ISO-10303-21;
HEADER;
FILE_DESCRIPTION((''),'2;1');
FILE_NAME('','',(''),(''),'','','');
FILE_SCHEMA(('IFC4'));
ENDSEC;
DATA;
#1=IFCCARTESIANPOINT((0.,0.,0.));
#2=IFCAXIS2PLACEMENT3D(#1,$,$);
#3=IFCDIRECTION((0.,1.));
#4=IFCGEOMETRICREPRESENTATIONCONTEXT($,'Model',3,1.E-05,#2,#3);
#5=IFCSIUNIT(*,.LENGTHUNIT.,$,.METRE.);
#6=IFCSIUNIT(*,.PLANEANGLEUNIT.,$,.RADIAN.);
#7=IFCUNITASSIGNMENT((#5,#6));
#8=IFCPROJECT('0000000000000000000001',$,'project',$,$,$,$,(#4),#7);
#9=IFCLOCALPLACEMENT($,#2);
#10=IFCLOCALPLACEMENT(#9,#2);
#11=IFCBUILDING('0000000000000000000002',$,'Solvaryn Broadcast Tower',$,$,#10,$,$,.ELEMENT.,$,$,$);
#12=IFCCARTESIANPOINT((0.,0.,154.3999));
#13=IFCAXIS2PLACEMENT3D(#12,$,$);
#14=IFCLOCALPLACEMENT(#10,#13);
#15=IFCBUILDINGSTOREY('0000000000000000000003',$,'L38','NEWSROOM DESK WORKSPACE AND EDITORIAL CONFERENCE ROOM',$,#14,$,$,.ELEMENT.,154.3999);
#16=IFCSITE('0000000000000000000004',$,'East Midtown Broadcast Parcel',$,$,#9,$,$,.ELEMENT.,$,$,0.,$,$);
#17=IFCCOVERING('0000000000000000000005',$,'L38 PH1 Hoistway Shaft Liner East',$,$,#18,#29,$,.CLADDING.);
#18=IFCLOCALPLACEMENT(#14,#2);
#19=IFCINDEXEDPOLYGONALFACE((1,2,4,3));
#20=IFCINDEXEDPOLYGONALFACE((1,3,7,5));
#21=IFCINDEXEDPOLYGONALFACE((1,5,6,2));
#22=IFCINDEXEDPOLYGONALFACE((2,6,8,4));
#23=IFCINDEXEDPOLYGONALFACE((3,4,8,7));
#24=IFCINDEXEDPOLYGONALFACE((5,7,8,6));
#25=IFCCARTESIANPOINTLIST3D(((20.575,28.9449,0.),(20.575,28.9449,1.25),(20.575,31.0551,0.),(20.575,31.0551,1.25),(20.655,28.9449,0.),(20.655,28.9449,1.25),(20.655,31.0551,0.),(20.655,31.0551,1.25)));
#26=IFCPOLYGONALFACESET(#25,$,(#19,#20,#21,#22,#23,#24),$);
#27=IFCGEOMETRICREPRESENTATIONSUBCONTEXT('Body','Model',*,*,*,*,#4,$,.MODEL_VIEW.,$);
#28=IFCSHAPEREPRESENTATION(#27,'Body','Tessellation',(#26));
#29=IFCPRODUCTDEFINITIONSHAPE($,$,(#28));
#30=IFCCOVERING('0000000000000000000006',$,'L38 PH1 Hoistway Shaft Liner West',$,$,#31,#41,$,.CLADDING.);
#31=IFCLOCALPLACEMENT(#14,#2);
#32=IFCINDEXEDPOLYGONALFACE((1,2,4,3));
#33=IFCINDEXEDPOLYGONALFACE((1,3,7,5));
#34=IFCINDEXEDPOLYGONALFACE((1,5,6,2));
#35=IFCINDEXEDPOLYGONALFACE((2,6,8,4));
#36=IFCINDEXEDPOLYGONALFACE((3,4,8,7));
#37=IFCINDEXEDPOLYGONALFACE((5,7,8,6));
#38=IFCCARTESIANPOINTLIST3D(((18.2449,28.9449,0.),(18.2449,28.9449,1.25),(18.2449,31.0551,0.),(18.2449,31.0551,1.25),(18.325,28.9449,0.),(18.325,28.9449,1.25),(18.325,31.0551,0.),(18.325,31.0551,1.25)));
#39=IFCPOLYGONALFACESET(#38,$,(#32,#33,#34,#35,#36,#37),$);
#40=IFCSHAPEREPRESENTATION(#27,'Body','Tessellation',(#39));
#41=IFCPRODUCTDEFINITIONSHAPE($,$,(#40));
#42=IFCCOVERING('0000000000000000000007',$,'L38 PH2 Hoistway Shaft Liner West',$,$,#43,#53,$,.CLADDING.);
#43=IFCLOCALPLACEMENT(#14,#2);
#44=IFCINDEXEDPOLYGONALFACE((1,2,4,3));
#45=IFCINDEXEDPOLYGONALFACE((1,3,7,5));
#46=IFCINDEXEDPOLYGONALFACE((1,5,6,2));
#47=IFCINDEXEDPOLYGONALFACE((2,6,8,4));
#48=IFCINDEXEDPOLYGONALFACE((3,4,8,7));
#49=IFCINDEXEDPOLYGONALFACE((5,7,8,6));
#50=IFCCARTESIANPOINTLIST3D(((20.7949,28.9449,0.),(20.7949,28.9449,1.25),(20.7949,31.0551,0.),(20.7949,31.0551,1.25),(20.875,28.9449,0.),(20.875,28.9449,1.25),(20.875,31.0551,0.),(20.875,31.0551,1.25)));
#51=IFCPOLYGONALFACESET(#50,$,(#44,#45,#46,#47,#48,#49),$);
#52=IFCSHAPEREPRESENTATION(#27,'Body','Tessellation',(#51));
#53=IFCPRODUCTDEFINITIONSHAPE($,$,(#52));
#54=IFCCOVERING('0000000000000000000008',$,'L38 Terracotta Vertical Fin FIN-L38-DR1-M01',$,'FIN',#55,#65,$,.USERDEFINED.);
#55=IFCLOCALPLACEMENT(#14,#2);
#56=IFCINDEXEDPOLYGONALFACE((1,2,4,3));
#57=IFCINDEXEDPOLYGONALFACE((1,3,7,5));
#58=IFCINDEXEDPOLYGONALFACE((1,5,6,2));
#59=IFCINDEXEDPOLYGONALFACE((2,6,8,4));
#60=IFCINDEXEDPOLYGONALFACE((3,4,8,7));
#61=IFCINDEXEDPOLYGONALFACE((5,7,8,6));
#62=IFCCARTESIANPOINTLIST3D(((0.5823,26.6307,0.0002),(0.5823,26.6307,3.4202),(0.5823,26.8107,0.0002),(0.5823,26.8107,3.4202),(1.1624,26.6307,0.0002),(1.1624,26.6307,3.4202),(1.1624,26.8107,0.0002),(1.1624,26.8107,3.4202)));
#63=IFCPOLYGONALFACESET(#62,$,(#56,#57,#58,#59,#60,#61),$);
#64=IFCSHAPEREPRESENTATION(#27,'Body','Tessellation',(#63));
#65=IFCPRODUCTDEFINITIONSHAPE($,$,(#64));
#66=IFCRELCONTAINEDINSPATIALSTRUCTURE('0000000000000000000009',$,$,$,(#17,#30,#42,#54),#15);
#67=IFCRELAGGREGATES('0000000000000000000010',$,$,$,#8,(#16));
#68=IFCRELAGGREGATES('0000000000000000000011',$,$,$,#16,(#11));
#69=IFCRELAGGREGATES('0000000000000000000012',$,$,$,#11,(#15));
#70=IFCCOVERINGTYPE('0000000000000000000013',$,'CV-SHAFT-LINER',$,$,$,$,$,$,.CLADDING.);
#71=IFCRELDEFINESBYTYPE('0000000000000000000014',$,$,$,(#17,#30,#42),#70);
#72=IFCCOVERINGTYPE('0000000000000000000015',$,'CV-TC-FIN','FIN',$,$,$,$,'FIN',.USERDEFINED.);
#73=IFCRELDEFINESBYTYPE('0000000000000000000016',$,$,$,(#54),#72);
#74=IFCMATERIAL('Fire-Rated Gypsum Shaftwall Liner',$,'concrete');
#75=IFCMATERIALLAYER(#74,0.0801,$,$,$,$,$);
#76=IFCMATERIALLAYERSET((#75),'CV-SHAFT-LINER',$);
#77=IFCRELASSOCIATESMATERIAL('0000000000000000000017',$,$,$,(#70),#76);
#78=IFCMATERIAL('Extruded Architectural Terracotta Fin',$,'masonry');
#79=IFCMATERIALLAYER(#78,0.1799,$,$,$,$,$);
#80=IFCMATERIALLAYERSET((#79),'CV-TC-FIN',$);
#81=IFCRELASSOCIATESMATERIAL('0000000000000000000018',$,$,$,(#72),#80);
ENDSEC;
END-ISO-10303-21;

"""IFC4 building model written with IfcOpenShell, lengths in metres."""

from ifc_helpers import new_model, si_unit, direction, frame, origin, origin_2d, place, context, subcontext, project, spatial, rectangle, extrude, material, layer, layer_set, type_object, element, save


model = new_model("IFC4")

# Units and contexts
model_context = context("Model", 3, precision=1e-05, world=origin(), true_north=direction((0.0, 1.0)))
body_context = subcontext(model_context, "Body", "Model", "MODEL_VIEW")
ifc_project = project(units=[si_unit("LENGTHUNIT", "METRE"), si_unit("PLANEANGLEUNIT", "RADIAN")], contexts=[model_context])

# Site, building, storey
site_placement = place(None, origin())
site = spatial("IfcSite", under=ifc_project, at=site_placement, Name="East Midtown Broadcast Parcel", CompositionType="ELEMENT", RefElevation=0.0)
building_placement = place(site_placement, origin())
building = spatial("IfcBuilding", under=site, at=building_placement, Name="Solvaryn Broadcast Tower", CompositionType="ELEMENT")
storey_placement = place(building_placement, frame((0.0, 0.0, 154.3999)))
storey = spatial("IfcBuildingStorey", under=building, at=storey_placement, Name="L38", Description="NEWSROOM DESK WORKSPACE AND EDITORIAL CONFERENCE ROOM", CompositionType="ELEMENT", Elevation=154.3999)

# Coverings
ifc_material_1 = material(Name="Fire-Rated Gypsum Shaftwall Liner", Category="concrete")
ifc_layer_1 = layer(ifc_material_1, 0.0801)
ifc_layer_set_1 = layer_set([ifc_layer_1], Name="CV-SHAFT-LINER")
covering_type_1 = type_object("IfcCoveringType", Name="CV-SHAFT-LINER", PredefinedType="CLADDING", material=ifc_layer_set_1)
for number, where, z_axis, x_axis, name in (
    (1, (20.615, 30.0, 0.0), (0.0, 0.0, 1.0), (1.0, 0.0, 0.0), "L38 PH1 Hoistway Shaft Liner East"),
    (2, (18.2849, 30.0, 0.0), (0.0, 0.0, 1.0), (1.0, 0.0, 0.0), "L38 PH1 Hoistway Shaft Liner West"),
    (3, (20.835, 30.0, 0.0), (0.0, 0.0, 1.0), (1.0, 0.0, 0.0), "L38 PH2 Hoistway Shaft Liner West"),
):
    element("IfcCovering", number, at=place(storey_placement, frame(where, z_axis=z_axis, x_axis=x_axis)), inside=storey, type_object=covering_type_1, Name=name, PredefinedType="CLADDING", context=body_context, shape_type="SweptSolid", body=[
        extrude(rectangle(XDim=0.0801, YDim=2.1101, at=origin_2d()), origin(), (0.0, 0.0, 1.0), 1.25),
    ])
ifc_material_2 = material(Name="Extruded Architectural Terracotta Fin", Category="masonry")
ifc_layer_2 = layer(ifc_material_2, 0.1799)
ifc_layer_set_2 = layer_set([ifc_layer_2], Name="CV-TC-FIN")
covering_type_2 = type_object("IfcCoveringType", Name="CV-TC-FIN", Description="FIN", ElementType="FIN", PredefinedType="USERDEFINED", material=ifc_layer_set_2)
covering_placement = place(storey_placement, frame((0.8723, 26.7207, 0.0002), z_axis=(0.0, 0.0, 1.0), x_axis=(1.0, 0.0, 0.0)))
element("IfcCovering", 4, at=covering_placement, inside=storey, type_object=covering_type_2, Name="L38 Terracotta Vertical Fin FIN-L38-DR1-M01", ObjectType="FIN", PredefinedType="USERDEFINED", context=body_context, shape_type="SweptSolid", body=[
    extrude(rectangle(XDim=0.5801, YDim=0.1799, at=origin_2d()), origin(), (0.0, 0.0, 1.0), 3.4199),
])

save(model, "model.ifc")
